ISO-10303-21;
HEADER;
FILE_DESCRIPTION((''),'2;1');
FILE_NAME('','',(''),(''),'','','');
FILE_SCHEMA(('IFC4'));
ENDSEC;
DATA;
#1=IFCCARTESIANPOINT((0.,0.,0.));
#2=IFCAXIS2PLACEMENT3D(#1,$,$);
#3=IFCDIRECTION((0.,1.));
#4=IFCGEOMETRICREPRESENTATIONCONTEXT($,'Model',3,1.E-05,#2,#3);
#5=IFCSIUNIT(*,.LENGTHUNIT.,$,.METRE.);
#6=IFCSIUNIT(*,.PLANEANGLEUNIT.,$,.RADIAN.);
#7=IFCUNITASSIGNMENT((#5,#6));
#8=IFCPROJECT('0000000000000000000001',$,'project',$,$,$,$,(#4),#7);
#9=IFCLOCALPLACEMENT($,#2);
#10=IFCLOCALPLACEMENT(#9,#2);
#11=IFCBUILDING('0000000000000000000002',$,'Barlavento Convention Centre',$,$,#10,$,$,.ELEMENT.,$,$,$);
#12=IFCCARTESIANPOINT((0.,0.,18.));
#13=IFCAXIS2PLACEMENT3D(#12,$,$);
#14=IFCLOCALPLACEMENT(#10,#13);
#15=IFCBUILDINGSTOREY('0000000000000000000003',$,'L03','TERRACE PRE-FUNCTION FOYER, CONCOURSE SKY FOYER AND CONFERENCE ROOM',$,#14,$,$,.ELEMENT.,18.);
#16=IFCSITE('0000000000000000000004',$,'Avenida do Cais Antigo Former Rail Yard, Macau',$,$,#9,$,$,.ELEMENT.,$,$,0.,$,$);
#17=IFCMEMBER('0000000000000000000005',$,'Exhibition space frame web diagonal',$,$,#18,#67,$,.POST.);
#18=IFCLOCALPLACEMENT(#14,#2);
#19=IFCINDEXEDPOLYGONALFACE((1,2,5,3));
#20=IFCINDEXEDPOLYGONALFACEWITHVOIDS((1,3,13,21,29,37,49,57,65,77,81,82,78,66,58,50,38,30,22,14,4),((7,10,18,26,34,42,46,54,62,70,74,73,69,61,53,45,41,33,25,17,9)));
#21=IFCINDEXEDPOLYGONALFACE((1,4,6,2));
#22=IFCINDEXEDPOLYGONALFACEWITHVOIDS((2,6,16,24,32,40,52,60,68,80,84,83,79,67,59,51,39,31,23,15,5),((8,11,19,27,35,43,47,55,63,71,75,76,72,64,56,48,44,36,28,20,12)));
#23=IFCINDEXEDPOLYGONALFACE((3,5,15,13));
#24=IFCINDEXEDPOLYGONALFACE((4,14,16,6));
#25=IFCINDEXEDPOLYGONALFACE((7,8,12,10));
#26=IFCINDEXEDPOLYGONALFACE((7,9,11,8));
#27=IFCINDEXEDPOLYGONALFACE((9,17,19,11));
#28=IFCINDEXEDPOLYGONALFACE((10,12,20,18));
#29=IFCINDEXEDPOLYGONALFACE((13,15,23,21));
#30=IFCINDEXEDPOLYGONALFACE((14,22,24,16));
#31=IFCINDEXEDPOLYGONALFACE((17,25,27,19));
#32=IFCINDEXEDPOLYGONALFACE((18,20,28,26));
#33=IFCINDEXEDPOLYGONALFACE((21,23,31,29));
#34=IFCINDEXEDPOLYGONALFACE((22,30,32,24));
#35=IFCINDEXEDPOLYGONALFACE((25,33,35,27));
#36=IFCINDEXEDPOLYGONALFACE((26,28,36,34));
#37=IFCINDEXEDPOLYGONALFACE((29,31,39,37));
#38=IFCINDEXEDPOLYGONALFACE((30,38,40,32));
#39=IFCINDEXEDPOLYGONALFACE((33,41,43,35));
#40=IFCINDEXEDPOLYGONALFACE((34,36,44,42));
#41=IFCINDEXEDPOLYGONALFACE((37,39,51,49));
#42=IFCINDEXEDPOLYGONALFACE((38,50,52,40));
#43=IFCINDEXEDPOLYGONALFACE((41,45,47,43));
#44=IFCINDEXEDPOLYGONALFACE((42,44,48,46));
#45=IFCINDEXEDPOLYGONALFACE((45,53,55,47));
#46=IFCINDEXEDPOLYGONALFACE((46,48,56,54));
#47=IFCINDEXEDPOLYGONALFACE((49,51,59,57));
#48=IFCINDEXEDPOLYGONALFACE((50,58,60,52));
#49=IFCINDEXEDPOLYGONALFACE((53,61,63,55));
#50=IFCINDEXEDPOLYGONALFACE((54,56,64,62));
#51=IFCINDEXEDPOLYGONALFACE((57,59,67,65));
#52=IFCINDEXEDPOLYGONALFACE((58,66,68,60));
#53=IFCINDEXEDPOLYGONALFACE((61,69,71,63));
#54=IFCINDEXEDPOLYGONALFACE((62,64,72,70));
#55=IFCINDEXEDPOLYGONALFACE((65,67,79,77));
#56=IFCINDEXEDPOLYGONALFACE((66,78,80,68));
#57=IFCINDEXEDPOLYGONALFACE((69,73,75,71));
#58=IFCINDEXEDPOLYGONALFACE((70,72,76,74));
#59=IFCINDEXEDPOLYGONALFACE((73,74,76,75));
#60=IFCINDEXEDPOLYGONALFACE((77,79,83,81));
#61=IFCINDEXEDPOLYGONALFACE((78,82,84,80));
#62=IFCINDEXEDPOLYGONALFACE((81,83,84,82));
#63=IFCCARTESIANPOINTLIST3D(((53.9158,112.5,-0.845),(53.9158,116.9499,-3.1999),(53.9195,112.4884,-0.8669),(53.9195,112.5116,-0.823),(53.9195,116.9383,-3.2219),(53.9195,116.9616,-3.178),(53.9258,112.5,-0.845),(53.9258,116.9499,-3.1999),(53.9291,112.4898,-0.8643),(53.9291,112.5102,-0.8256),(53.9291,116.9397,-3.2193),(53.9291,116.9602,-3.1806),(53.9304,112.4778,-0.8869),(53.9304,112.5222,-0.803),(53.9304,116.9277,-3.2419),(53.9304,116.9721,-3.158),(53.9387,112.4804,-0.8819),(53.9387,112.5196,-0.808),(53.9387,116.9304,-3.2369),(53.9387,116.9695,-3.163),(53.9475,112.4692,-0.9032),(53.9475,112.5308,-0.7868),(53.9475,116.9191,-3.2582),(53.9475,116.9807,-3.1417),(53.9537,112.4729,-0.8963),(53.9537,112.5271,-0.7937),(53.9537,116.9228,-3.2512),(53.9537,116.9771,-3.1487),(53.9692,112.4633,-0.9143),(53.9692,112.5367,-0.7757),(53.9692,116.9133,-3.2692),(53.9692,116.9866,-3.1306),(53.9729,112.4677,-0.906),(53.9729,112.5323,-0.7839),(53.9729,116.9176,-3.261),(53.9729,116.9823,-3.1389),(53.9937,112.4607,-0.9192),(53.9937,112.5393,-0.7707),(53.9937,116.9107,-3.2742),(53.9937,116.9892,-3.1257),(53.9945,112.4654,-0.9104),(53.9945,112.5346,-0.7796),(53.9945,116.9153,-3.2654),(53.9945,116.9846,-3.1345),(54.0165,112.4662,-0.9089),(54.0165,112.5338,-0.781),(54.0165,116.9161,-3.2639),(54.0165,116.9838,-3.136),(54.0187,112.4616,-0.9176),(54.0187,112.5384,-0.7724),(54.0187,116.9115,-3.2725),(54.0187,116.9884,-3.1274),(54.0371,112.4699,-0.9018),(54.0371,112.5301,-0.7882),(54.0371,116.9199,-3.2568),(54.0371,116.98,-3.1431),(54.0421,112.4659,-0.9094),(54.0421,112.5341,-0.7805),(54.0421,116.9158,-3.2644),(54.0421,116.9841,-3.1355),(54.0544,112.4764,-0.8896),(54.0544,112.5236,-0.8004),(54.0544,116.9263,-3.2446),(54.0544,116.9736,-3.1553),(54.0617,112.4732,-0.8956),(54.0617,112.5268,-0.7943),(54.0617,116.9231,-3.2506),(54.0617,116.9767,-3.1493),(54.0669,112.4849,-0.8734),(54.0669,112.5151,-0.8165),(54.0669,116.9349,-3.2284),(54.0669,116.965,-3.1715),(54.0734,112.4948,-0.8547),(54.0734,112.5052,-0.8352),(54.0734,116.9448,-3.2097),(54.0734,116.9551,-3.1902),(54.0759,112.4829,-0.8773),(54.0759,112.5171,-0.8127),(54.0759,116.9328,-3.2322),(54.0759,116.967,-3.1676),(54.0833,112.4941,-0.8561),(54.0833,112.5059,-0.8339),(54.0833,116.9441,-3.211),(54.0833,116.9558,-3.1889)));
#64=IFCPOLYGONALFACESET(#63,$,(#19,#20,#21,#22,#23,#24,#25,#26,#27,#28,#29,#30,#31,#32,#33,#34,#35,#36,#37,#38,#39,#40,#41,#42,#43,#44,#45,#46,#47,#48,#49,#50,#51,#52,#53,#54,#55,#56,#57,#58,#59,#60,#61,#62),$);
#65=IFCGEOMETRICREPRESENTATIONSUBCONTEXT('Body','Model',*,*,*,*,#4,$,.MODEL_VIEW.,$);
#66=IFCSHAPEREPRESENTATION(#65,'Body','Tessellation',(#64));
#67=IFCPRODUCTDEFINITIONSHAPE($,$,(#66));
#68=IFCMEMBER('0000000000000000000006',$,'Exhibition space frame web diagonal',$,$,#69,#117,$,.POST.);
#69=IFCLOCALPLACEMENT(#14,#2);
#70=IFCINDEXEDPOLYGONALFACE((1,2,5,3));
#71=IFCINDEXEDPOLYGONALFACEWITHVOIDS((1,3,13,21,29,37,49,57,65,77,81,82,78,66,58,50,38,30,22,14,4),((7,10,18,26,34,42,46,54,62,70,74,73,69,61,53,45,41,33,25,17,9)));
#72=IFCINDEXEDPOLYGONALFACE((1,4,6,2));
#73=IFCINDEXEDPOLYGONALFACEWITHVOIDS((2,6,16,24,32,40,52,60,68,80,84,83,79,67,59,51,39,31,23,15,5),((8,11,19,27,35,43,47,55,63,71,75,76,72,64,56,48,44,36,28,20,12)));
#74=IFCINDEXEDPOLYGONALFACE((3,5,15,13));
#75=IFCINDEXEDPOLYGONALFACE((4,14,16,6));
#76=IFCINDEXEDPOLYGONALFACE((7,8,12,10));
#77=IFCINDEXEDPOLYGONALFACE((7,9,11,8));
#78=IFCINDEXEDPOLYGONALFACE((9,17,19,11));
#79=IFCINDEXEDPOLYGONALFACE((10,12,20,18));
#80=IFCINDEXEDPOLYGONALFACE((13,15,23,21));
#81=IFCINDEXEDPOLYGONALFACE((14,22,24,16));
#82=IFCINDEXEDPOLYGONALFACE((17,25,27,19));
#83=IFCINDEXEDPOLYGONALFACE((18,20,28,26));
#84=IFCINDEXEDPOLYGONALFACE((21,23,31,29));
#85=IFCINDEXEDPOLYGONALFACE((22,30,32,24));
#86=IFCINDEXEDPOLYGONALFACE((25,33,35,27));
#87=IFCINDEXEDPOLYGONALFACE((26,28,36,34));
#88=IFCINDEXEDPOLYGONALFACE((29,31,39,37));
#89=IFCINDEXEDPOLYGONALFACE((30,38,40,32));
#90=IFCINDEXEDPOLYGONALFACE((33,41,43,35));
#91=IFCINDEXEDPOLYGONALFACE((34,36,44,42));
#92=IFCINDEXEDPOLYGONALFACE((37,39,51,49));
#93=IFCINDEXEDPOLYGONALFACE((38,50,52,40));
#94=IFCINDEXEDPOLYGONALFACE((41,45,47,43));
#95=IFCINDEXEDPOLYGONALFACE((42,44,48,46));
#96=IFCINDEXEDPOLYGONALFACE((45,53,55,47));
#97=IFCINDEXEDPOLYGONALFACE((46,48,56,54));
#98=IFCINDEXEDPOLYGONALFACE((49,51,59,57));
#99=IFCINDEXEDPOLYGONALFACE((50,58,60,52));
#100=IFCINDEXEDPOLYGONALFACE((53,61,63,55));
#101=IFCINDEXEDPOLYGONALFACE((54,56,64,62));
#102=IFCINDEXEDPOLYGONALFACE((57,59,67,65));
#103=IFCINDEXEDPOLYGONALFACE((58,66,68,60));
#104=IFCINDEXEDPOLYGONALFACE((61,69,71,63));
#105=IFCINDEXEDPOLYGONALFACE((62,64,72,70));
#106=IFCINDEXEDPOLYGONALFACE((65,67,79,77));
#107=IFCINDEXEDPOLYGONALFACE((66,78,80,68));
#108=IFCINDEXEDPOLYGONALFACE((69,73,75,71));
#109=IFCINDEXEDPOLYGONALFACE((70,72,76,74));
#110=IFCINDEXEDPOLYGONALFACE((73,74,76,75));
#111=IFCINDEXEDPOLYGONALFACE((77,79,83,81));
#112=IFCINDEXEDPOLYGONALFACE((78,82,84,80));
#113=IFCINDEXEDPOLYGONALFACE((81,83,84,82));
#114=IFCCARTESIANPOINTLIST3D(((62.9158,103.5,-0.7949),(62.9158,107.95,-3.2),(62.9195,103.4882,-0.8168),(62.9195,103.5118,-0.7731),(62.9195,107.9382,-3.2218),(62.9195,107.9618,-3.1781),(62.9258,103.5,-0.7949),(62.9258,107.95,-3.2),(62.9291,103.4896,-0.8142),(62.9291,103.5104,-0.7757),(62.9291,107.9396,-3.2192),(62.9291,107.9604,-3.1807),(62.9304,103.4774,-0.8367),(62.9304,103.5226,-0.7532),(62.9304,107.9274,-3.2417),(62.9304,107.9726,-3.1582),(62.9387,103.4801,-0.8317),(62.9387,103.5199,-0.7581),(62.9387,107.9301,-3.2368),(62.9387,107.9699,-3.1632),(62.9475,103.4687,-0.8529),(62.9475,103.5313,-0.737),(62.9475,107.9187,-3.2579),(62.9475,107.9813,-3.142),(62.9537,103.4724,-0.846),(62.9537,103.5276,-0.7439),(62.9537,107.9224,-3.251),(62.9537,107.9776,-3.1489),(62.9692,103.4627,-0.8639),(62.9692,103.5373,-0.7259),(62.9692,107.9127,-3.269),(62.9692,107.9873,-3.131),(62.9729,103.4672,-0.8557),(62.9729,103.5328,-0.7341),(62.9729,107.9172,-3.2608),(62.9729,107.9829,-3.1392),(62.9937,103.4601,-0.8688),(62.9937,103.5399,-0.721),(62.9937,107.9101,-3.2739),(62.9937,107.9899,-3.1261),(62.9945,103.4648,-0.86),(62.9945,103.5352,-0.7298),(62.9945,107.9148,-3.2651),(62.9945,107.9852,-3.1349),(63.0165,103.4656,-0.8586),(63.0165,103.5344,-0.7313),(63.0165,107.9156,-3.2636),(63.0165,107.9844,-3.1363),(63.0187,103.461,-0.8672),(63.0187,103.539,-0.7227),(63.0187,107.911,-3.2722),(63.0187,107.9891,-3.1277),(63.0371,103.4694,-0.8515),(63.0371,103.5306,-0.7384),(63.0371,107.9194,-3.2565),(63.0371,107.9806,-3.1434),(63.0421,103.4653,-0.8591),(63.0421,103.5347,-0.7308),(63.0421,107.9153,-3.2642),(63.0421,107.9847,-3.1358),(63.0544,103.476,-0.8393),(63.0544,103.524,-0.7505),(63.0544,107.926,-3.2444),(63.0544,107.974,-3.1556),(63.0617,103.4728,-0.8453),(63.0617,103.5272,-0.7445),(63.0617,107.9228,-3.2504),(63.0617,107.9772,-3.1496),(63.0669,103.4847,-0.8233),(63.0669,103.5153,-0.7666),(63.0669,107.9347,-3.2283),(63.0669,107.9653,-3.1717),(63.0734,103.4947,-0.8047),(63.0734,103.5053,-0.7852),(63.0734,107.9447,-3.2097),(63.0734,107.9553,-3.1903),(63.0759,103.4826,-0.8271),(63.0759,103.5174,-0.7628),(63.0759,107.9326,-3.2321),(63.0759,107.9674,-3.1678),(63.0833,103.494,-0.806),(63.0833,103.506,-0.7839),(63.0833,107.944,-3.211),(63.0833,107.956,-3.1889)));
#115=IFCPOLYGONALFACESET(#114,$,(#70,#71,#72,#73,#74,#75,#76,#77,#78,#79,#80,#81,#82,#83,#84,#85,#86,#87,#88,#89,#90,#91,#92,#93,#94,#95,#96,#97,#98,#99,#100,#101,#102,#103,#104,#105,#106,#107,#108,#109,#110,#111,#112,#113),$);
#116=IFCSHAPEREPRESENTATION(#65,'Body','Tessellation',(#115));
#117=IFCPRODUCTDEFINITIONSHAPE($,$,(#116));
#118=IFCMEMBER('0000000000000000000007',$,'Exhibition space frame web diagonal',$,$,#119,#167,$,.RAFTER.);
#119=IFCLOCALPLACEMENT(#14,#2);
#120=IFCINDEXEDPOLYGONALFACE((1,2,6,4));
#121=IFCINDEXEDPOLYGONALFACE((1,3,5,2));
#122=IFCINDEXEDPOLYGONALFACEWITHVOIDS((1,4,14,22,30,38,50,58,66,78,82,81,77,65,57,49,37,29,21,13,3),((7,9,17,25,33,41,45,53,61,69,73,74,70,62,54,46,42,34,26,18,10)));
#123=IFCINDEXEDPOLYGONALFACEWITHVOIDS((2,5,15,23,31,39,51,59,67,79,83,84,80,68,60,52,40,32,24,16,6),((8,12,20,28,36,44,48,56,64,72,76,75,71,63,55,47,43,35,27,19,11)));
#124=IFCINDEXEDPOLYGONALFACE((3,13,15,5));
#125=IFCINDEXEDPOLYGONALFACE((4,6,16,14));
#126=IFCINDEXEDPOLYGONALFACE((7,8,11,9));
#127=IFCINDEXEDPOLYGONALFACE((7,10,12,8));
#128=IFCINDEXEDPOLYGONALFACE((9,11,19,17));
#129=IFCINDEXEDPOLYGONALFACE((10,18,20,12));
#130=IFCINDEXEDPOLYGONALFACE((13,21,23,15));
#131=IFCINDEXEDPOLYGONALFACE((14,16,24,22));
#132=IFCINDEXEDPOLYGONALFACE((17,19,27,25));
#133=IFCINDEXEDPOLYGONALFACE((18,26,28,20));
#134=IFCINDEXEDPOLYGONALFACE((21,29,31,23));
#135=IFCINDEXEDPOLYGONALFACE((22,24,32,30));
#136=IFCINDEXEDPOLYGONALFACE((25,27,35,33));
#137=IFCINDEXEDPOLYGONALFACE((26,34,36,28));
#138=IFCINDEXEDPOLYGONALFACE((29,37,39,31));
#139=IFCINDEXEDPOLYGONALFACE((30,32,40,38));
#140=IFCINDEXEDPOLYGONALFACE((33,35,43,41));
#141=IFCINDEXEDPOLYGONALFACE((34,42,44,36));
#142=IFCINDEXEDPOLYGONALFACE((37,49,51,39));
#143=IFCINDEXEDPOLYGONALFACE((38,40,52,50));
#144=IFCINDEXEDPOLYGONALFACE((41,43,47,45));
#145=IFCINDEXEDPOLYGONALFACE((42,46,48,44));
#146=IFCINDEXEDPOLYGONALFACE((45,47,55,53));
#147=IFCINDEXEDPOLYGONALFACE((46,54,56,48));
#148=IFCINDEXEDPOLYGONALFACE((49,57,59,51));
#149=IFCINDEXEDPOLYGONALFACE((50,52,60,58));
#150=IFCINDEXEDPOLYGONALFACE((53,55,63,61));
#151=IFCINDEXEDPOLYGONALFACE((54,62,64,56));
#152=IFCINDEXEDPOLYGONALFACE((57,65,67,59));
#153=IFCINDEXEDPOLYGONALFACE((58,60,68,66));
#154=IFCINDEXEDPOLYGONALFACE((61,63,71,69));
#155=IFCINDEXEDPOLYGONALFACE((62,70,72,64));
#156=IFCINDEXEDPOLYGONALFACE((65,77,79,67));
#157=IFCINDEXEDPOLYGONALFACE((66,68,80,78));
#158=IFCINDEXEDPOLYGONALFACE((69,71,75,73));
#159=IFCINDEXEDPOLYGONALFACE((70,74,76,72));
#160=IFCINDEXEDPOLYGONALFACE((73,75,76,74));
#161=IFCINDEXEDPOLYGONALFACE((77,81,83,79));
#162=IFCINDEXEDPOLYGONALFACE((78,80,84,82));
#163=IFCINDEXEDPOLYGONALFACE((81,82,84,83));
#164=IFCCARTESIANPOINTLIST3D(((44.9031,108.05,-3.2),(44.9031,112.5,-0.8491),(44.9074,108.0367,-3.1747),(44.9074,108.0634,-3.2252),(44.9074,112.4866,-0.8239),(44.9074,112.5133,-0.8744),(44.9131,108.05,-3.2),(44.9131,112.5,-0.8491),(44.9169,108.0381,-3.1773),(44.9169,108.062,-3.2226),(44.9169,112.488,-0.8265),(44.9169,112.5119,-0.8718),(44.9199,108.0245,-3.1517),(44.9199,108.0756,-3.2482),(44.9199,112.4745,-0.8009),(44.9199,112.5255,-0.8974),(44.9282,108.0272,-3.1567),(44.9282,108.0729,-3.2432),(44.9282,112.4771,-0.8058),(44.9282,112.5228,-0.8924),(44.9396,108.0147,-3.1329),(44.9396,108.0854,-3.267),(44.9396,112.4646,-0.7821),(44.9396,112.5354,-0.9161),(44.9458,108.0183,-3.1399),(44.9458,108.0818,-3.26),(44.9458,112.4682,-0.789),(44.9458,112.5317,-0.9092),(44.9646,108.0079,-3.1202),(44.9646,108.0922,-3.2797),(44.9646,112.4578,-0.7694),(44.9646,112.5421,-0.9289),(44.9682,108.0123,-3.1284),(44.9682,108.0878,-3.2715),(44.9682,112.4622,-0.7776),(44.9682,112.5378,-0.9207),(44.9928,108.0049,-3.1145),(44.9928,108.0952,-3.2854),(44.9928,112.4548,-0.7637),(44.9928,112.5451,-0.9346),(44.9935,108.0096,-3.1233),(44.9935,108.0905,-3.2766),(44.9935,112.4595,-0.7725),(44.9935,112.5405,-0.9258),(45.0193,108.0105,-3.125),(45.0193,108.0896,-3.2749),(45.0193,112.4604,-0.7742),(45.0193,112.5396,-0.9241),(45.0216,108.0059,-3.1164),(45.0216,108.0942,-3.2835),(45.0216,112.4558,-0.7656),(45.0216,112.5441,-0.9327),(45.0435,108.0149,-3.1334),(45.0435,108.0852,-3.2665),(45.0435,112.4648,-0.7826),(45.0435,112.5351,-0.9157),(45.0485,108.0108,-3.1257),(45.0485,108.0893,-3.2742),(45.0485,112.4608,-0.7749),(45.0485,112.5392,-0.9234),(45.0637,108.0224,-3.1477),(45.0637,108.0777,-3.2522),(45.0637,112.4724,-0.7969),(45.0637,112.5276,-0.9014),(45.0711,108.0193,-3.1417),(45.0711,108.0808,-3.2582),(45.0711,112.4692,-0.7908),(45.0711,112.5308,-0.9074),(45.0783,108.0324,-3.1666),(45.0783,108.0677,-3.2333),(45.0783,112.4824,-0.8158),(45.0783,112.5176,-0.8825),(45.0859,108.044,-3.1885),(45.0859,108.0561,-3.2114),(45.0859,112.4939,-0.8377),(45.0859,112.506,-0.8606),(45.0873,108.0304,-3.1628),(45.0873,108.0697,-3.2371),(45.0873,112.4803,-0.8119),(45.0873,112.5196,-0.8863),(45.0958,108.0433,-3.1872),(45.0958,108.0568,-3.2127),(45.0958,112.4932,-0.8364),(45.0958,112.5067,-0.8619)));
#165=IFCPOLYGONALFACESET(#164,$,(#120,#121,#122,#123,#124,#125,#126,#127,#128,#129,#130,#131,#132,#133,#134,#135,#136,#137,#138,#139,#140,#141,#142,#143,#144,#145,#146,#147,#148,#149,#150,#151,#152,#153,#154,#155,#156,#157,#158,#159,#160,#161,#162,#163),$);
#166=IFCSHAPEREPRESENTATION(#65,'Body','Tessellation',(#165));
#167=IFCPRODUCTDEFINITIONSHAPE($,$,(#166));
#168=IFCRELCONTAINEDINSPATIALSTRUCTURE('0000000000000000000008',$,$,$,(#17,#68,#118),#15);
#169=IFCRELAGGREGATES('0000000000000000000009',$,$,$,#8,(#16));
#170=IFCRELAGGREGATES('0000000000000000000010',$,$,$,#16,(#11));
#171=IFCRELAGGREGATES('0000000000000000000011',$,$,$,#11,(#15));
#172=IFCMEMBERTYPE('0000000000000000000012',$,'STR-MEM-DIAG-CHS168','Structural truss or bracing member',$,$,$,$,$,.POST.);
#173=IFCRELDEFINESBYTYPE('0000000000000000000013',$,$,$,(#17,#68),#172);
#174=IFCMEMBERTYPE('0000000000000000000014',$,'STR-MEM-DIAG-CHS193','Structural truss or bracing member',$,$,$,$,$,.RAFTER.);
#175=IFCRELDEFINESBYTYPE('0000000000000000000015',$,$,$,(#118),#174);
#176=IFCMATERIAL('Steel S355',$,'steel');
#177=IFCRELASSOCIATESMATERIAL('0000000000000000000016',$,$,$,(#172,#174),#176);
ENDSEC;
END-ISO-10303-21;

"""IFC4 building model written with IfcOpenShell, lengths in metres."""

from ifc_helpers import new_model, si_unit, direction, frame, origin, origin_2d, place, context, subcontext, project, spatial, hollow_circle, extrude, material, material_profile, profile_set, type_object, element, save


model = new_model("IFC4")

# Units and contexts
model_context = context("Model", 3, precision=1e-05, world=origin(), true_north=direction((0.0, 1.0)))
body_context = subcontext(model_context, "Body", "Model", "MODEL_VIEW")
ifc_project = project(units=[si_unit("LENGTHUNIT", "METRE"), si_unit("PLANEANGLEUNIT", "RADIAN")], contexts=[model_context])

# Site, building, storey
site_placement = place(None, origin())
site = spatial("IfcSite", under=ifc_project, at=site_placement, Name="Avenida do Cais Antigo Former Rail Yard, Macau", CompositionType="ELEMENT", RefElevation=0.0)
building_placement = place(site_placement, origin())
building = spatial("IfcBuilding", under=site, at=building_placement, Name="Barlavento Convention Centre", CompositionType="ELEMENT")
storey_placement = place(building_placement, frame((0.0, 0.0, 18.0)))
storey = spatial("IfcBuildingStorey", under=building, at=storey_placement, Name="L03", Description="TERRACE PRE-FUNCTION FOYER, CONCOURSE SKY FOYER AND CONFERENCE ROOM", CompositionType="ELEMENT", Elevation=18.0)

# Shared definitions
ifc_material_1 = material(Name="Steel S355", Category="steel")

# Members
ifc_material_profile_1 = material_profile(ifc_material_1, hollow_circle(Radius=0.0842, WallThickness=0.01, at=origin_2d()), Name="CHS 168.3x10.0")
ifc_profile_set_1 = profile_set([ifc_material_profile_1], Name="Steel S355")
member_type_1 = type_object("IfcMemberType", Name="STR-MEM-DIAG-CHS168", Description="Structural truss or bracing member", PredefinedType="POST", material=ifc_profile_set_1)
for number, where, z_axis, x_axis, name in (
    (1, (54.0, 112.5, -0.845), (0.0, 0.88386, -0.467752), (-1.0, 0.0, 0.0), "Exhibition space frame web diagonal"),
):
    element("IfcMember", number, at=place(storey_placement, frame(where, z_axis=z_axis, x_axis=x_axis)), inside=storey, type_object=member_type_1, Name=name, PredefinedType="POST", context=body_context, shape_type="SweptSolid", body=[
        extrude(hollow_circle(Radius=0.0842, WallThickness=0.01, at=origin_2d()), origin(), (0.0, 0.0, 1.0), 5.0347),
    ])
member_1_placement = place(storey_placement, frame((63.0, 103.5, -0.7949), z_axis=(0.0, 0.879735, -0.475464), x_axis=(-1.0, 0.0, 0.0)))
element("IfcMember", 2, at=member_1_placement, inside=storey, type_object=member_type_1, Name="Exhibition space frame web diagonal", PredefinedType="POST", context=body_context, shape_type="SweptSolid", body=[
    extrude(hollow_circle(Radius=0.0842, WallThickness=0.01, at=origin_2d()), origin(), (0.0, 0.0, 1.0), 5.0583),
])
ifc_material_profile_2 = material_profile(ifc_material_1, hollow_circle(Radius=0.0969, WallThickness=0.01, at=origin_2d()), Name="CHS 193.7x10.0")
ifc_profile_set_2 = profile_set([ifc_material_profile_2], Name="Steel S355")
member_type_2 = type_object("IfcMemberType", Name="STR-MEM-DIAG-CHS193", Description="Structural truss or bracing member", PredefinedType="RAFTER", material=ifc_profile_set_2)
member_2_placement = place(storey_placement, frame((45.0, 108.05, -3.2), z_axis=(0.0, 0.884201, 0.467107), x_axis=(-1.0, 0.0, 0.0)))
element("IfcMember", 3, at=member_2_placement, inside=storey, type_object=member_type_2, Name="Exhibition space frame web diagonal", PredefinedType="RAFTER", context=body_context, shape_type="SweptSolid", body=[
    extrude(hollow_circle(Radius=0.0969, WallThickness=0.01, at=origin_2d()), origin(), (0.0, 0.0, 1.0), 5.0327),
])

save(model, "model.ifc")
